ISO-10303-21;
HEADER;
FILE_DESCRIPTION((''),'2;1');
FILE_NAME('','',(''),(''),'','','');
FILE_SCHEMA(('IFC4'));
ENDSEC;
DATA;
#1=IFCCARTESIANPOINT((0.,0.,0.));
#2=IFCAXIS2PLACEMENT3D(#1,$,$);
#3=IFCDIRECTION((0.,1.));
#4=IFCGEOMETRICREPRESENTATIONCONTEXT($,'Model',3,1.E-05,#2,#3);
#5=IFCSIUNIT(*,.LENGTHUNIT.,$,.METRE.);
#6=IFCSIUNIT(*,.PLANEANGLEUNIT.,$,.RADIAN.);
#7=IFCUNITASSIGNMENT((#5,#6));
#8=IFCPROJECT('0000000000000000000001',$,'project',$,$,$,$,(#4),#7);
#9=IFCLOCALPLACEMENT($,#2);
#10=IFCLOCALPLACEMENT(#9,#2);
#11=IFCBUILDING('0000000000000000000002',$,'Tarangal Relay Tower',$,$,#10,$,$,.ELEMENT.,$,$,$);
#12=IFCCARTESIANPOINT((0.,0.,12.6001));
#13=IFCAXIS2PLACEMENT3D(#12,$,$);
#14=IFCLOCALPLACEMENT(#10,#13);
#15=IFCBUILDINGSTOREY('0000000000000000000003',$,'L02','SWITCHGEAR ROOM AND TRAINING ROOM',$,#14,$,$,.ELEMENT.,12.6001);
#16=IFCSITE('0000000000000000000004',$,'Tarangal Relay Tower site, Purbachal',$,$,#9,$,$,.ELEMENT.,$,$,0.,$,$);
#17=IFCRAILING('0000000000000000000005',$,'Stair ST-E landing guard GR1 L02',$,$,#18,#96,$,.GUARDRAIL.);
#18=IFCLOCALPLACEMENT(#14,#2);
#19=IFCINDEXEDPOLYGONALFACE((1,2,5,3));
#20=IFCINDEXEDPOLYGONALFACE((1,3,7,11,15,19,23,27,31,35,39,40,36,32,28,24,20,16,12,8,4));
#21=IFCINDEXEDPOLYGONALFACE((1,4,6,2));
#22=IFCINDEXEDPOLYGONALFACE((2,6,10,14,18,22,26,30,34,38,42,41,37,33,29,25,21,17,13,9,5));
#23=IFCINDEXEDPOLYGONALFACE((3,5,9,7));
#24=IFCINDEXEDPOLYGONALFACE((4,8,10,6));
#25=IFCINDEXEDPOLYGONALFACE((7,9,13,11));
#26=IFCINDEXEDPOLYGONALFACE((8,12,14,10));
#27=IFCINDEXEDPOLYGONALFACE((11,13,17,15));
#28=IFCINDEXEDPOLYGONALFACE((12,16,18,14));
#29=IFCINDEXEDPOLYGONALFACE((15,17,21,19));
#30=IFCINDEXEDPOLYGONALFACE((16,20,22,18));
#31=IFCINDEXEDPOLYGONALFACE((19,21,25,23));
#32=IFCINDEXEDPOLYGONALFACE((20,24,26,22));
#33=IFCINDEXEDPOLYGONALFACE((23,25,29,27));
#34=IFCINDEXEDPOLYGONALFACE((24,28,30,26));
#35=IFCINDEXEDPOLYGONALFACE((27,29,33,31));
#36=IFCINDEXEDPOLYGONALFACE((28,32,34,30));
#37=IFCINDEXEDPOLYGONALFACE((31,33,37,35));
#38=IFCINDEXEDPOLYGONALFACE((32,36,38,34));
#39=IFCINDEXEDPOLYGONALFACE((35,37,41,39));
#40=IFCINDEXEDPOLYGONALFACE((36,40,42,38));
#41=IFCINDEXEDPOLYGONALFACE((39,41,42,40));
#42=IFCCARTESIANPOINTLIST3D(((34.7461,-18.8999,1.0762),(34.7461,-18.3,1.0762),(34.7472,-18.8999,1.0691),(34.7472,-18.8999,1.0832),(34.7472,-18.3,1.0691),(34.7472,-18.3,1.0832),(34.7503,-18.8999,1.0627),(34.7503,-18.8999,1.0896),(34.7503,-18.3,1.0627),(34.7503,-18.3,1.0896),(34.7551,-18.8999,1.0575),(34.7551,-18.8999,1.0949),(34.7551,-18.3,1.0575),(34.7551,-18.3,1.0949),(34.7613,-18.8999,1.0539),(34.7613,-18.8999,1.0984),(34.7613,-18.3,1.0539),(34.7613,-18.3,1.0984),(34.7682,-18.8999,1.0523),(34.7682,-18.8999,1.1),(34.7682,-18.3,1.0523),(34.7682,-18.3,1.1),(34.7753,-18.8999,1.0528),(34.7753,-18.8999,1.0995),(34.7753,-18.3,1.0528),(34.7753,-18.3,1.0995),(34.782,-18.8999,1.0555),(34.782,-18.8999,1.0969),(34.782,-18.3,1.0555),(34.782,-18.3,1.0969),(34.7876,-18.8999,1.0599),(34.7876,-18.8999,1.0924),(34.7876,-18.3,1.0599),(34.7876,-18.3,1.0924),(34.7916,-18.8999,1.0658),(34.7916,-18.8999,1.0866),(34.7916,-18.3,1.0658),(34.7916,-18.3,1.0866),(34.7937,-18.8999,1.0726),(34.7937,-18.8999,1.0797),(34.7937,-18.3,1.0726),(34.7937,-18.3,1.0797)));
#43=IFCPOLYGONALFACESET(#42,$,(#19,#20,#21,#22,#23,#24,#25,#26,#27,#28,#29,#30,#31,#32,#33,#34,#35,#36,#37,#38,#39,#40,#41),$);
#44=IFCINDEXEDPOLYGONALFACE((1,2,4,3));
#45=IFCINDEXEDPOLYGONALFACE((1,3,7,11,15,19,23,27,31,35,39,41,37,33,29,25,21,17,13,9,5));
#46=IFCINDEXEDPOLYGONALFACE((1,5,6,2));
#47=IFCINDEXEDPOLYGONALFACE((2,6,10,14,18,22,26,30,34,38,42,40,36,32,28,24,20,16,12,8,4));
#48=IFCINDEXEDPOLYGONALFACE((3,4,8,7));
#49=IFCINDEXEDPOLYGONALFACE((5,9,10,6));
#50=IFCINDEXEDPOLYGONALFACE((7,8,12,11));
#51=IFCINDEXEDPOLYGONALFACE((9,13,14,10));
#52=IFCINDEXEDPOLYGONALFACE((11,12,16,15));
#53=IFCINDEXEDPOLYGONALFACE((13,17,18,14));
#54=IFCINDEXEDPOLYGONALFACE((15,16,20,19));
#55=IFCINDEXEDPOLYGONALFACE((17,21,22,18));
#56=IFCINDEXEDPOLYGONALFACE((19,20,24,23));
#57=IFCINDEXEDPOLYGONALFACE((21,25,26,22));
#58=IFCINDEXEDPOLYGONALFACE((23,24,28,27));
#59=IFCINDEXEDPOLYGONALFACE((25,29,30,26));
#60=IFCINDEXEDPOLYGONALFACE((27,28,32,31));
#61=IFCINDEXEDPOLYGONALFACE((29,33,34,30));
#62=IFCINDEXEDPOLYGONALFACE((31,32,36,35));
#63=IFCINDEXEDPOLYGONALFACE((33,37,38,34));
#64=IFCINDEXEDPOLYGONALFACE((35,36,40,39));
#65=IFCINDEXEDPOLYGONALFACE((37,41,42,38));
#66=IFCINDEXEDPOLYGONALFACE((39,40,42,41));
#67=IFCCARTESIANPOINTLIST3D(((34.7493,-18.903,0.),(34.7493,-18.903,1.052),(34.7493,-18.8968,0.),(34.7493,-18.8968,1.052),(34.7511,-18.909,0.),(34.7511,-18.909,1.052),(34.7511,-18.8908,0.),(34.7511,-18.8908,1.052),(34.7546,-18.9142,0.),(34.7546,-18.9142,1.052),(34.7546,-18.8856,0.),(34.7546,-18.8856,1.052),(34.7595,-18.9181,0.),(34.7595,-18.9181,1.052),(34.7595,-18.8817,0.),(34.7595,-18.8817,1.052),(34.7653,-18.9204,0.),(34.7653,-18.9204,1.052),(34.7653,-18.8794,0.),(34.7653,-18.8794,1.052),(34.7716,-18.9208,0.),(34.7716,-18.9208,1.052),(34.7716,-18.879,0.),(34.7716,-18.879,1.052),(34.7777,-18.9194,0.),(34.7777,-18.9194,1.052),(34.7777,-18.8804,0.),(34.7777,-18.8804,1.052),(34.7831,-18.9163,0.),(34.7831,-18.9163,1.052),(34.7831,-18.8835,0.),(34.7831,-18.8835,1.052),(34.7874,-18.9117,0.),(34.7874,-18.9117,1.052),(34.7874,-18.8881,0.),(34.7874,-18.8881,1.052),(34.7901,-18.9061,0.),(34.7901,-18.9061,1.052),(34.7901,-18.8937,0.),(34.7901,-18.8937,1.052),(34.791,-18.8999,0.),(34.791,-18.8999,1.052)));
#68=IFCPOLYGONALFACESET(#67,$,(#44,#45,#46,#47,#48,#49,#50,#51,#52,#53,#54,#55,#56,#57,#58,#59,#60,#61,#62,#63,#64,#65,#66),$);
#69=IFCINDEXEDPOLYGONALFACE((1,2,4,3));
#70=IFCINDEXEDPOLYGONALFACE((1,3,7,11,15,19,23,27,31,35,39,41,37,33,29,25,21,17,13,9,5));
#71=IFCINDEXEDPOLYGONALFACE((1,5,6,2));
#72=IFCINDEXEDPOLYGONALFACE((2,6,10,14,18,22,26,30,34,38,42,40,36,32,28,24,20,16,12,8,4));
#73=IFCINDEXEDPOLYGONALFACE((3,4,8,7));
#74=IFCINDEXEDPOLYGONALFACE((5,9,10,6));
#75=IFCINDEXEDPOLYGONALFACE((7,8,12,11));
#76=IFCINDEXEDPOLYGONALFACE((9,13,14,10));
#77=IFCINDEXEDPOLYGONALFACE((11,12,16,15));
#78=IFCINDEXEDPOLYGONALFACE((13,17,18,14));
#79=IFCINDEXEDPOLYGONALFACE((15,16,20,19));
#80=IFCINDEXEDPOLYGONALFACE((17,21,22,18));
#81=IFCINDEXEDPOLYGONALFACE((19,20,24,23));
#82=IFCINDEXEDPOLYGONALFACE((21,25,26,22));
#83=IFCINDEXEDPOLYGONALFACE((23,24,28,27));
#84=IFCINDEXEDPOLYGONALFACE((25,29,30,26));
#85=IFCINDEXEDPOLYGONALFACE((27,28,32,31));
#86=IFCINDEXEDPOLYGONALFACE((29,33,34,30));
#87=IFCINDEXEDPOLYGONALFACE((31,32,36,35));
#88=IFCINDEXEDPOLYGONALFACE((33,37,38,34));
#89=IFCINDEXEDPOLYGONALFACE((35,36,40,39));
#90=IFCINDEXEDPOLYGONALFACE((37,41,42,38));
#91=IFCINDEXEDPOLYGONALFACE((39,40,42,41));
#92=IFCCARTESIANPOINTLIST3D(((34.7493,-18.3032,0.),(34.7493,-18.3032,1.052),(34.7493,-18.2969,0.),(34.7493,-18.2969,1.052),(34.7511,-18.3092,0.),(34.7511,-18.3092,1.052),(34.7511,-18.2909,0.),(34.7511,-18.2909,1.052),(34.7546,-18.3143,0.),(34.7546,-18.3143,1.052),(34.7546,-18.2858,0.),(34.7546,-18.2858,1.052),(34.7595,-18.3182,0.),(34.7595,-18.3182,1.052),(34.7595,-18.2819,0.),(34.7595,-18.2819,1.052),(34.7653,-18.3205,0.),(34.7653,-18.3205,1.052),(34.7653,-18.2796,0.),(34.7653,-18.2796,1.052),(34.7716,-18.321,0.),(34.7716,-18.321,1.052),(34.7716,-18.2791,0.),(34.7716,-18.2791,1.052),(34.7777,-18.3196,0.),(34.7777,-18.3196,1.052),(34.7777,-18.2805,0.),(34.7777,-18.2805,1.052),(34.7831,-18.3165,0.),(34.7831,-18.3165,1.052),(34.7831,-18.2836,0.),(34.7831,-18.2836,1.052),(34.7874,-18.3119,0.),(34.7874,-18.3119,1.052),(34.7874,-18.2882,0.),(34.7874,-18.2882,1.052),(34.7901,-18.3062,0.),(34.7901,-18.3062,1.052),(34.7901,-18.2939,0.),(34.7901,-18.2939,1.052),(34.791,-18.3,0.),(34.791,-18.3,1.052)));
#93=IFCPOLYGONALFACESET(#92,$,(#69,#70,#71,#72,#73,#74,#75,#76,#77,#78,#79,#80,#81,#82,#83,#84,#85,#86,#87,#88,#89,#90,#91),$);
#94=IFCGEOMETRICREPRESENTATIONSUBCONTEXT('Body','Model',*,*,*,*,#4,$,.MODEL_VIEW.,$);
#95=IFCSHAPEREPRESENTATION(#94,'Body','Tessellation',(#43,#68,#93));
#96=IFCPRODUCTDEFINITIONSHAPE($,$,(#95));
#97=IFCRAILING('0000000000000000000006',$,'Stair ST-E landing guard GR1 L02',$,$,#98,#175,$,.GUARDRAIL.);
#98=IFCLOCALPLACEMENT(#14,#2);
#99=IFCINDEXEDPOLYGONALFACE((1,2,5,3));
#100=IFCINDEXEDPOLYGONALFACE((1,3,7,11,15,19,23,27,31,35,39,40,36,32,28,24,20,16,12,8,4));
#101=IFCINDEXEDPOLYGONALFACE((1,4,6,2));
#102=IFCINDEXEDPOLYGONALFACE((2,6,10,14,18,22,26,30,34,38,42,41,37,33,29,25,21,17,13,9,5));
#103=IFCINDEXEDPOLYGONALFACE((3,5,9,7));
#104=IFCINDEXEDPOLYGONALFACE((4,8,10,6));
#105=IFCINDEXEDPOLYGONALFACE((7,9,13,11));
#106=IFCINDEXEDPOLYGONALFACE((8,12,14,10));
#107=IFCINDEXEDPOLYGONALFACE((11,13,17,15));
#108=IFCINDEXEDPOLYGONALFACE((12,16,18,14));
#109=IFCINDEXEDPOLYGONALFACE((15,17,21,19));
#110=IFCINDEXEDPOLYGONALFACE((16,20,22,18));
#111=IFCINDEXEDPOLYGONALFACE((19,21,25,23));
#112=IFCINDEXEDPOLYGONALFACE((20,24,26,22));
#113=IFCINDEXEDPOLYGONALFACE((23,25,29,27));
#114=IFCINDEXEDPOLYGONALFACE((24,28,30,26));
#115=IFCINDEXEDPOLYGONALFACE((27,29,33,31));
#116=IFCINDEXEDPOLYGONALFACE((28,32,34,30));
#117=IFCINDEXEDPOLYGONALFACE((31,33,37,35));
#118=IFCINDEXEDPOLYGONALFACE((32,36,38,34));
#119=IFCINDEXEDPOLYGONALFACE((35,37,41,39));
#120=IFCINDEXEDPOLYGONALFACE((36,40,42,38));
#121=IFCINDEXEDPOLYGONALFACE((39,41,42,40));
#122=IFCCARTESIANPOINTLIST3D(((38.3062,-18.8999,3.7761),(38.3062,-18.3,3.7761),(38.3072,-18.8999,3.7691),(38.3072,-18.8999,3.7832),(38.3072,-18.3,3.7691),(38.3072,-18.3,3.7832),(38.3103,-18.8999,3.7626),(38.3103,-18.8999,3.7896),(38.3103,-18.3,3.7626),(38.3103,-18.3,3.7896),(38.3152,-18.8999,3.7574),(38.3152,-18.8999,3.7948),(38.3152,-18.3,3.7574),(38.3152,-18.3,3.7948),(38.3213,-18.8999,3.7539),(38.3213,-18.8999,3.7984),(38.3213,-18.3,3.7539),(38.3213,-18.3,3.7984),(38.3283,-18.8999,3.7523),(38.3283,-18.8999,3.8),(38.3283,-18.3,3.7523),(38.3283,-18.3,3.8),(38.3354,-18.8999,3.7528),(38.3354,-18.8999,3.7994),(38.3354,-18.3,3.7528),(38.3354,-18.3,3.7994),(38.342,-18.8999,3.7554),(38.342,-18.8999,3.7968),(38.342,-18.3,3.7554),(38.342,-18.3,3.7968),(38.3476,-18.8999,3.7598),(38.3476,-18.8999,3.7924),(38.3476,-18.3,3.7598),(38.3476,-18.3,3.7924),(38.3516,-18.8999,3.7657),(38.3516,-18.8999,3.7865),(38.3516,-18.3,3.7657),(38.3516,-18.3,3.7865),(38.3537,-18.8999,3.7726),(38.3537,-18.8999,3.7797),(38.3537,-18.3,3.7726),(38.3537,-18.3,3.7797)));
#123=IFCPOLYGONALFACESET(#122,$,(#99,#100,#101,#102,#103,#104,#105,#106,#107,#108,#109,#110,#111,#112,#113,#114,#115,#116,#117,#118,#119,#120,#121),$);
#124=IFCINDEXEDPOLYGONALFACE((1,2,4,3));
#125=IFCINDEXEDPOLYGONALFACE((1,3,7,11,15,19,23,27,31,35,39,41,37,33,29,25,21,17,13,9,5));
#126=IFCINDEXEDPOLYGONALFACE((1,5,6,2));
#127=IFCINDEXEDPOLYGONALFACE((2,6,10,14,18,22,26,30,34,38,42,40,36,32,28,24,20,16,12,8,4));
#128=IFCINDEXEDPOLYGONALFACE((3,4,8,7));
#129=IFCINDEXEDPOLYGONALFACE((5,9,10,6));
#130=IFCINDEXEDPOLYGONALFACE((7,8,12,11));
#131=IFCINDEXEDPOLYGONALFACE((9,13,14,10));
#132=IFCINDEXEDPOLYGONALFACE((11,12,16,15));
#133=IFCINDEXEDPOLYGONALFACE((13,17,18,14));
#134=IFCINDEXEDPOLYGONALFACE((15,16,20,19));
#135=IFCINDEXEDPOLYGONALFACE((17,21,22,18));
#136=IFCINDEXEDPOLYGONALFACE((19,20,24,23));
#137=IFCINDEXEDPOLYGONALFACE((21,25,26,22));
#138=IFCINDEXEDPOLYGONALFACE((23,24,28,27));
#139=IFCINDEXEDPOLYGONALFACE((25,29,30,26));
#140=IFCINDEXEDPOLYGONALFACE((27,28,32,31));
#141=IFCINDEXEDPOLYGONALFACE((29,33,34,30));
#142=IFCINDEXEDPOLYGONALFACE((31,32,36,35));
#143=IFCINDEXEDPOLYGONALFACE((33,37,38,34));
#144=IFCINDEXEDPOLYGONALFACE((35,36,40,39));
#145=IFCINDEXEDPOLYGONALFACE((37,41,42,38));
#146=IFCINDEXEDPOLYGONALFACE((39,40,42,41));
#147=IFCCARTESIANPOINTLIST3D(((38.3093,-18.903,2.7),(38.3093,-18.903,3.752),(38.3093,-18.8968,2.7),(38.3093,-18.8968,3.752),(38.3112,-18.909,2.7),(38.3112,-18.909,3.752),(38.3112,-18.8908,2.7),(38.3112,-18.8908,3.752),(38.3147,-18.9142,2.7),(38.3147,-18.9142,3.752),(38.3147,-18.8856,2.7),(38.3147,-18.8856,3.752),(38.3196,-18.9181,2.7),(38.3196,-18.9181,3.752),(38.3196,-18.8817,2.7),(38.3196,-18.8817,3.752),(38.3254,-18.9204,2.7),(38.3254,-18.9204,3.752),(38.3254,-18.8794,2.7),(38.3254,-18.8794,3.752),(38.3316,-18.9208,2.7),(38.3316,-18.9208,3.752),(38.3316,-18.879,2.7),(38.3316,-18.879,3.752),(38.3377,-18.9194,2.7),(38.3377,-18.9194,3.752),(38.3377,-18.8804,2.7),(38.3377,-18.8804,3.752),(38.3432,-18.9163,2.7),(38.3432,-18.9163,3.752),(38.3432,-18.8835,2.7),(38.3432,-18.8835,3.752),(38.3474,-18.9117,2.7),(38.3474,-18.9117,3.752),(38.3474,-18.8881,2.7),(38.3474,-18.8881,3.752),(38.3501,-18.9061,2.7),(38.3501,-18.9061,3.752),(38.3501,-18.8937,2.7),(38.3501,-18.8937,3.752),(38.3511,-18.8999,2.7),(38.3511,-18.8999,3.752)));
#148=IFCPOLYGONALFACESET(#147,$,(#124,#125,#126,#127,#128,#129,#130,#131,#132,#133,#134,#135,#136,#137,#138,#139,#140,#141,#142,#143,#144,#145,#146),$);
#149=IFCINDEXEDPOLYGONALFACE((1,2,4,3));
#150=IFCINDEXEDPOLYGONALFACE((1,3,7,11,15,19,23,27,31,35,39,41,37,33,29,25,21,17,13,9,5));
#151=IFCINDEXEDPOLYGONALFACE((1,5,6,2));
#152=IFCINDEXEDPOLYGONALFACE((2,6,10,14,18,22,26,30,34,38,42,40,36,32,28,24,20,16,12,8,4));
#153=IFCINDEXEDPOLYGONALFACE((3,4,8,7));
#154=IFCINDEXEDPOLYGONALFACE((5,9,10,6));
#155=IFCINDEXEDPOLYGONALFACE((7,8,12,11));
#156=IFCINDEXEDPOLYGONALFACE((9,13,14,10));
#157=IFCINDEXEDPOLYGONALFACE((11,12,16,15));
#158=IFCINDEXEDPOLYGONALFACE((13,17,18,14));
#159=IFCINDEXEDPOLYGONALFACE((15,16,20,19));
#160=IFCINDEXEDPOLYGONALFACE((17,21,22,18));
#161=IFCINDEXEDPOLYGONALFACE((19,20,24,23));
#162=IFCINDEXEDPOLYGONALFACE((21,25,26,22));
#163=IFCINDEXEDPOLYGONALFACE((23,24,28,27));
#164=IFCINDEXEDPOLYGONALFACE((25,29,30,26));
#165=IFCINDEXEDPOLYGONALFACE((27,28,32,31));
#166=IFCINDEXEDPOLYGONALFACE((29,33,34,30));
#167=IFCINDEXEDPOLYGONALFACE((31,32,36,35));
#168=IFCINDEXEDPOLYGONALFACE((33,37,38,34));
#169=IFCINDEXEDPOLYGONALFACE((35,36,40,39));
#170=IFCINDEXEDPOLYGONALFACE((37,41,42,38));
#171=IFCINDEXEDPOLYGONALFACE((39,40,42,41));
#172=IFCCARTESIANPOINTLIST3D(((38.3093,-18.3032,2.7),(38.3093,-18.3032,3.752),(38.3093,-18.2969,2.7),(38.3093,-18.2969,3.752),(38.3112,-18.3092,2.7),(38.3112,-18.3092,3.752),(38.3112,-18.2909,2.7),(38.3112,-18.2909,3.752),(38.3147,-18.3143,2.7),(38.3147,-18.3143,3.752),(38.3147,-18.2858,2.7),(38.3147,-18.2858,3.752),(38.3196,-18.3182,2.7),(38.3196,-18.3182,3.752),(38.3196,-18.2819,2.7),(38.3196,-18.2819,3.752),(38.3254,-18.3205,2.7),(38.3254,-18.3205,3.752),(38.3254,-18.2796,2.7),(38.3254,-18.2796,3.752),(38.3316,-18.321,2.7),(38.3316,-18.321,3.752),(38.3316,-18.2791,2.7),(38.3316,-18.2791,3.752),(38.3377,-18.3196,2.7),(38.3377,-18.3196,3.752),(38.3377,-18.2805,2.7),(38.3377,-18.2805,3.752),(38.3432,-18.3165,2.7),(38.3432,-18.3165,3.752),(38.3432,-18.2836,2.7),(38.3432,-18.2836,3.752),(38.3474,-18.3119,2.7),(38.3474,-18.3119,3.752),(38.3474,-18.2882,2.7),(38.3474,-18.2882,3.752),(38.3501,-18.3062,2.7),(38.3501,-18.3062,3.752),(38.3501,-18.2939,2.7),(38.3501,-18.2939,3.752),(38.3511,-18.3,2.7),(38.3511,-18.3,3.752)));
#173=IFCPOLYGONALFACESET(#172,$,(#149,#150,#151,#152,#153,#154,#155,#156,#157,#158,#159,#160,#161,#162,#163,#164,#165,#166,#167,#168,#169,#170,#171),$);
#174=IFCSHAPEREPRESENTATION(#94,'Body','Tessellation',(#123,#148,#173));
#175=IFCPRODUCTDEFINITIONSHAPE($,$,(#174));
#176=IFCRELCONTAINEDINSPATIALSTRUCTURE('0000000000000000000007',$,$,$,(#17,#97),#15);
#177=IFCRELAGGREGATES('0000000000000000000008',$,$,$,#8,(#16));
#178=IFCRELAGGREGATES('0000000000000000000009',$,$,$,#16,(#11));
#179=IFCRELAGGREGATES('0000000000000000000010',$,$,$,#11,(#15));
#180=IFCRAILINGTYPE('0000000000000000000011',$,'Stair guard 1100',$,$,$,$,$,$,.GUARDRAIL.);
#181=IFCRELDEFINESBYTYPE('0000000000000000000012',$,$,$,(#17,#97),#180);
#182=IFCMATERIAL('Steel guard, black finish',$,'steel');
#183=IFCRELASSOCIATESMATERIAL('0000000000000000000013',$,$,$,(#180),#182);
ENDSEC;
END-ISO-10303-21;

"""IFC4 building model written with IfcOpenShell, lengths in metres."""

from ifc_helpers import new_model, si_unit, direction, frame, origin, origin_2d, place, context, subcontext, project, spatial, circle, extrude, material, type_object, element, save


model = new_model("IFC4")

# Units and contexts
model_context = context("Model", 3, precision=1e-05, world=origin(), true_north=direction((0.0, 1.0)))
body_context = subcontext(model_context, "Body", "Model", "MODEL_VIEW")
ifc_project = project(units=[si_unit("LENGTHUNIT", "METRE"), si_unit("PLANEANGLEUNIT", "RADIAN")], contexts=[model_context])

# Site, building, storey
site_placement = place(None, origin())
site = spatial("IfcSite", under=ifc_project, at=site_placement, Name="Tarangal Relay Tower site, Purbachal", CompositionType="ELEMENT", RefElevation=0.0)
building_placement = place(site_placement, origin())
building = spatial("IfcBuilding", under=site, at=building_placement, Name="Tarangal Relay Tower", CompositionType="ELEMENT")
storey_placement = place(building_placement, frame((0.0, 0.0, 12.6001)))
storey = spatial("IfcBuildingStorey", under=building, at=storey_placement, Name="L02", Description="SWITCHGEAR ROOM AND TRAINING ROOM", CompositionType="ELEMENT", Elevation=12.6001)

# Railings
ifc_material_1 = material(Name="Steel guard, black finish", Category="steel")
railing_type_1 = type_object("IfcRailingType", Name="Stair guard 1100", PredefinedType="GUARDRAIL", material=ifc_material_1)
for number, where, name in (
    (1, (34.77, -18.8999, 0.0), "Stair ST-E landing guard GR1 L02"),
    (2, (38.3301, -18.8999, 2.7), "Stair ST-E landing guard GR1 L02"),
):
    element("IfcRailing", number, at=place(storey_placement, frame(where)), inside=storey, type_object=railing_type_1, Name=name, PredefinedType="GUARDRAIL", context=body_context, shape_type="SweptSolid", body=[
        extrude(circle(Radius=0.0239, at=origin_2d()), frame((0.0, 0.0, 1.0762), z_axis=(0.0, 1.0, 0.0), x_axis=(-1.0, 0.0, 0.0)), (0.0, 0.0, 1.0), 0.5999),
        extrude(circle(Radius=0.021, at=origin_2d()), origin(), (0.0, 0.0, 1.0), 1.052),
        extrude(circle(Radius=0.021, at=origin_2d()), frame((0.0, 0.5999, 0.0)), (0.0, 0.0, 1.0), 1.052),
    ])

save(model, "model.ifc")
